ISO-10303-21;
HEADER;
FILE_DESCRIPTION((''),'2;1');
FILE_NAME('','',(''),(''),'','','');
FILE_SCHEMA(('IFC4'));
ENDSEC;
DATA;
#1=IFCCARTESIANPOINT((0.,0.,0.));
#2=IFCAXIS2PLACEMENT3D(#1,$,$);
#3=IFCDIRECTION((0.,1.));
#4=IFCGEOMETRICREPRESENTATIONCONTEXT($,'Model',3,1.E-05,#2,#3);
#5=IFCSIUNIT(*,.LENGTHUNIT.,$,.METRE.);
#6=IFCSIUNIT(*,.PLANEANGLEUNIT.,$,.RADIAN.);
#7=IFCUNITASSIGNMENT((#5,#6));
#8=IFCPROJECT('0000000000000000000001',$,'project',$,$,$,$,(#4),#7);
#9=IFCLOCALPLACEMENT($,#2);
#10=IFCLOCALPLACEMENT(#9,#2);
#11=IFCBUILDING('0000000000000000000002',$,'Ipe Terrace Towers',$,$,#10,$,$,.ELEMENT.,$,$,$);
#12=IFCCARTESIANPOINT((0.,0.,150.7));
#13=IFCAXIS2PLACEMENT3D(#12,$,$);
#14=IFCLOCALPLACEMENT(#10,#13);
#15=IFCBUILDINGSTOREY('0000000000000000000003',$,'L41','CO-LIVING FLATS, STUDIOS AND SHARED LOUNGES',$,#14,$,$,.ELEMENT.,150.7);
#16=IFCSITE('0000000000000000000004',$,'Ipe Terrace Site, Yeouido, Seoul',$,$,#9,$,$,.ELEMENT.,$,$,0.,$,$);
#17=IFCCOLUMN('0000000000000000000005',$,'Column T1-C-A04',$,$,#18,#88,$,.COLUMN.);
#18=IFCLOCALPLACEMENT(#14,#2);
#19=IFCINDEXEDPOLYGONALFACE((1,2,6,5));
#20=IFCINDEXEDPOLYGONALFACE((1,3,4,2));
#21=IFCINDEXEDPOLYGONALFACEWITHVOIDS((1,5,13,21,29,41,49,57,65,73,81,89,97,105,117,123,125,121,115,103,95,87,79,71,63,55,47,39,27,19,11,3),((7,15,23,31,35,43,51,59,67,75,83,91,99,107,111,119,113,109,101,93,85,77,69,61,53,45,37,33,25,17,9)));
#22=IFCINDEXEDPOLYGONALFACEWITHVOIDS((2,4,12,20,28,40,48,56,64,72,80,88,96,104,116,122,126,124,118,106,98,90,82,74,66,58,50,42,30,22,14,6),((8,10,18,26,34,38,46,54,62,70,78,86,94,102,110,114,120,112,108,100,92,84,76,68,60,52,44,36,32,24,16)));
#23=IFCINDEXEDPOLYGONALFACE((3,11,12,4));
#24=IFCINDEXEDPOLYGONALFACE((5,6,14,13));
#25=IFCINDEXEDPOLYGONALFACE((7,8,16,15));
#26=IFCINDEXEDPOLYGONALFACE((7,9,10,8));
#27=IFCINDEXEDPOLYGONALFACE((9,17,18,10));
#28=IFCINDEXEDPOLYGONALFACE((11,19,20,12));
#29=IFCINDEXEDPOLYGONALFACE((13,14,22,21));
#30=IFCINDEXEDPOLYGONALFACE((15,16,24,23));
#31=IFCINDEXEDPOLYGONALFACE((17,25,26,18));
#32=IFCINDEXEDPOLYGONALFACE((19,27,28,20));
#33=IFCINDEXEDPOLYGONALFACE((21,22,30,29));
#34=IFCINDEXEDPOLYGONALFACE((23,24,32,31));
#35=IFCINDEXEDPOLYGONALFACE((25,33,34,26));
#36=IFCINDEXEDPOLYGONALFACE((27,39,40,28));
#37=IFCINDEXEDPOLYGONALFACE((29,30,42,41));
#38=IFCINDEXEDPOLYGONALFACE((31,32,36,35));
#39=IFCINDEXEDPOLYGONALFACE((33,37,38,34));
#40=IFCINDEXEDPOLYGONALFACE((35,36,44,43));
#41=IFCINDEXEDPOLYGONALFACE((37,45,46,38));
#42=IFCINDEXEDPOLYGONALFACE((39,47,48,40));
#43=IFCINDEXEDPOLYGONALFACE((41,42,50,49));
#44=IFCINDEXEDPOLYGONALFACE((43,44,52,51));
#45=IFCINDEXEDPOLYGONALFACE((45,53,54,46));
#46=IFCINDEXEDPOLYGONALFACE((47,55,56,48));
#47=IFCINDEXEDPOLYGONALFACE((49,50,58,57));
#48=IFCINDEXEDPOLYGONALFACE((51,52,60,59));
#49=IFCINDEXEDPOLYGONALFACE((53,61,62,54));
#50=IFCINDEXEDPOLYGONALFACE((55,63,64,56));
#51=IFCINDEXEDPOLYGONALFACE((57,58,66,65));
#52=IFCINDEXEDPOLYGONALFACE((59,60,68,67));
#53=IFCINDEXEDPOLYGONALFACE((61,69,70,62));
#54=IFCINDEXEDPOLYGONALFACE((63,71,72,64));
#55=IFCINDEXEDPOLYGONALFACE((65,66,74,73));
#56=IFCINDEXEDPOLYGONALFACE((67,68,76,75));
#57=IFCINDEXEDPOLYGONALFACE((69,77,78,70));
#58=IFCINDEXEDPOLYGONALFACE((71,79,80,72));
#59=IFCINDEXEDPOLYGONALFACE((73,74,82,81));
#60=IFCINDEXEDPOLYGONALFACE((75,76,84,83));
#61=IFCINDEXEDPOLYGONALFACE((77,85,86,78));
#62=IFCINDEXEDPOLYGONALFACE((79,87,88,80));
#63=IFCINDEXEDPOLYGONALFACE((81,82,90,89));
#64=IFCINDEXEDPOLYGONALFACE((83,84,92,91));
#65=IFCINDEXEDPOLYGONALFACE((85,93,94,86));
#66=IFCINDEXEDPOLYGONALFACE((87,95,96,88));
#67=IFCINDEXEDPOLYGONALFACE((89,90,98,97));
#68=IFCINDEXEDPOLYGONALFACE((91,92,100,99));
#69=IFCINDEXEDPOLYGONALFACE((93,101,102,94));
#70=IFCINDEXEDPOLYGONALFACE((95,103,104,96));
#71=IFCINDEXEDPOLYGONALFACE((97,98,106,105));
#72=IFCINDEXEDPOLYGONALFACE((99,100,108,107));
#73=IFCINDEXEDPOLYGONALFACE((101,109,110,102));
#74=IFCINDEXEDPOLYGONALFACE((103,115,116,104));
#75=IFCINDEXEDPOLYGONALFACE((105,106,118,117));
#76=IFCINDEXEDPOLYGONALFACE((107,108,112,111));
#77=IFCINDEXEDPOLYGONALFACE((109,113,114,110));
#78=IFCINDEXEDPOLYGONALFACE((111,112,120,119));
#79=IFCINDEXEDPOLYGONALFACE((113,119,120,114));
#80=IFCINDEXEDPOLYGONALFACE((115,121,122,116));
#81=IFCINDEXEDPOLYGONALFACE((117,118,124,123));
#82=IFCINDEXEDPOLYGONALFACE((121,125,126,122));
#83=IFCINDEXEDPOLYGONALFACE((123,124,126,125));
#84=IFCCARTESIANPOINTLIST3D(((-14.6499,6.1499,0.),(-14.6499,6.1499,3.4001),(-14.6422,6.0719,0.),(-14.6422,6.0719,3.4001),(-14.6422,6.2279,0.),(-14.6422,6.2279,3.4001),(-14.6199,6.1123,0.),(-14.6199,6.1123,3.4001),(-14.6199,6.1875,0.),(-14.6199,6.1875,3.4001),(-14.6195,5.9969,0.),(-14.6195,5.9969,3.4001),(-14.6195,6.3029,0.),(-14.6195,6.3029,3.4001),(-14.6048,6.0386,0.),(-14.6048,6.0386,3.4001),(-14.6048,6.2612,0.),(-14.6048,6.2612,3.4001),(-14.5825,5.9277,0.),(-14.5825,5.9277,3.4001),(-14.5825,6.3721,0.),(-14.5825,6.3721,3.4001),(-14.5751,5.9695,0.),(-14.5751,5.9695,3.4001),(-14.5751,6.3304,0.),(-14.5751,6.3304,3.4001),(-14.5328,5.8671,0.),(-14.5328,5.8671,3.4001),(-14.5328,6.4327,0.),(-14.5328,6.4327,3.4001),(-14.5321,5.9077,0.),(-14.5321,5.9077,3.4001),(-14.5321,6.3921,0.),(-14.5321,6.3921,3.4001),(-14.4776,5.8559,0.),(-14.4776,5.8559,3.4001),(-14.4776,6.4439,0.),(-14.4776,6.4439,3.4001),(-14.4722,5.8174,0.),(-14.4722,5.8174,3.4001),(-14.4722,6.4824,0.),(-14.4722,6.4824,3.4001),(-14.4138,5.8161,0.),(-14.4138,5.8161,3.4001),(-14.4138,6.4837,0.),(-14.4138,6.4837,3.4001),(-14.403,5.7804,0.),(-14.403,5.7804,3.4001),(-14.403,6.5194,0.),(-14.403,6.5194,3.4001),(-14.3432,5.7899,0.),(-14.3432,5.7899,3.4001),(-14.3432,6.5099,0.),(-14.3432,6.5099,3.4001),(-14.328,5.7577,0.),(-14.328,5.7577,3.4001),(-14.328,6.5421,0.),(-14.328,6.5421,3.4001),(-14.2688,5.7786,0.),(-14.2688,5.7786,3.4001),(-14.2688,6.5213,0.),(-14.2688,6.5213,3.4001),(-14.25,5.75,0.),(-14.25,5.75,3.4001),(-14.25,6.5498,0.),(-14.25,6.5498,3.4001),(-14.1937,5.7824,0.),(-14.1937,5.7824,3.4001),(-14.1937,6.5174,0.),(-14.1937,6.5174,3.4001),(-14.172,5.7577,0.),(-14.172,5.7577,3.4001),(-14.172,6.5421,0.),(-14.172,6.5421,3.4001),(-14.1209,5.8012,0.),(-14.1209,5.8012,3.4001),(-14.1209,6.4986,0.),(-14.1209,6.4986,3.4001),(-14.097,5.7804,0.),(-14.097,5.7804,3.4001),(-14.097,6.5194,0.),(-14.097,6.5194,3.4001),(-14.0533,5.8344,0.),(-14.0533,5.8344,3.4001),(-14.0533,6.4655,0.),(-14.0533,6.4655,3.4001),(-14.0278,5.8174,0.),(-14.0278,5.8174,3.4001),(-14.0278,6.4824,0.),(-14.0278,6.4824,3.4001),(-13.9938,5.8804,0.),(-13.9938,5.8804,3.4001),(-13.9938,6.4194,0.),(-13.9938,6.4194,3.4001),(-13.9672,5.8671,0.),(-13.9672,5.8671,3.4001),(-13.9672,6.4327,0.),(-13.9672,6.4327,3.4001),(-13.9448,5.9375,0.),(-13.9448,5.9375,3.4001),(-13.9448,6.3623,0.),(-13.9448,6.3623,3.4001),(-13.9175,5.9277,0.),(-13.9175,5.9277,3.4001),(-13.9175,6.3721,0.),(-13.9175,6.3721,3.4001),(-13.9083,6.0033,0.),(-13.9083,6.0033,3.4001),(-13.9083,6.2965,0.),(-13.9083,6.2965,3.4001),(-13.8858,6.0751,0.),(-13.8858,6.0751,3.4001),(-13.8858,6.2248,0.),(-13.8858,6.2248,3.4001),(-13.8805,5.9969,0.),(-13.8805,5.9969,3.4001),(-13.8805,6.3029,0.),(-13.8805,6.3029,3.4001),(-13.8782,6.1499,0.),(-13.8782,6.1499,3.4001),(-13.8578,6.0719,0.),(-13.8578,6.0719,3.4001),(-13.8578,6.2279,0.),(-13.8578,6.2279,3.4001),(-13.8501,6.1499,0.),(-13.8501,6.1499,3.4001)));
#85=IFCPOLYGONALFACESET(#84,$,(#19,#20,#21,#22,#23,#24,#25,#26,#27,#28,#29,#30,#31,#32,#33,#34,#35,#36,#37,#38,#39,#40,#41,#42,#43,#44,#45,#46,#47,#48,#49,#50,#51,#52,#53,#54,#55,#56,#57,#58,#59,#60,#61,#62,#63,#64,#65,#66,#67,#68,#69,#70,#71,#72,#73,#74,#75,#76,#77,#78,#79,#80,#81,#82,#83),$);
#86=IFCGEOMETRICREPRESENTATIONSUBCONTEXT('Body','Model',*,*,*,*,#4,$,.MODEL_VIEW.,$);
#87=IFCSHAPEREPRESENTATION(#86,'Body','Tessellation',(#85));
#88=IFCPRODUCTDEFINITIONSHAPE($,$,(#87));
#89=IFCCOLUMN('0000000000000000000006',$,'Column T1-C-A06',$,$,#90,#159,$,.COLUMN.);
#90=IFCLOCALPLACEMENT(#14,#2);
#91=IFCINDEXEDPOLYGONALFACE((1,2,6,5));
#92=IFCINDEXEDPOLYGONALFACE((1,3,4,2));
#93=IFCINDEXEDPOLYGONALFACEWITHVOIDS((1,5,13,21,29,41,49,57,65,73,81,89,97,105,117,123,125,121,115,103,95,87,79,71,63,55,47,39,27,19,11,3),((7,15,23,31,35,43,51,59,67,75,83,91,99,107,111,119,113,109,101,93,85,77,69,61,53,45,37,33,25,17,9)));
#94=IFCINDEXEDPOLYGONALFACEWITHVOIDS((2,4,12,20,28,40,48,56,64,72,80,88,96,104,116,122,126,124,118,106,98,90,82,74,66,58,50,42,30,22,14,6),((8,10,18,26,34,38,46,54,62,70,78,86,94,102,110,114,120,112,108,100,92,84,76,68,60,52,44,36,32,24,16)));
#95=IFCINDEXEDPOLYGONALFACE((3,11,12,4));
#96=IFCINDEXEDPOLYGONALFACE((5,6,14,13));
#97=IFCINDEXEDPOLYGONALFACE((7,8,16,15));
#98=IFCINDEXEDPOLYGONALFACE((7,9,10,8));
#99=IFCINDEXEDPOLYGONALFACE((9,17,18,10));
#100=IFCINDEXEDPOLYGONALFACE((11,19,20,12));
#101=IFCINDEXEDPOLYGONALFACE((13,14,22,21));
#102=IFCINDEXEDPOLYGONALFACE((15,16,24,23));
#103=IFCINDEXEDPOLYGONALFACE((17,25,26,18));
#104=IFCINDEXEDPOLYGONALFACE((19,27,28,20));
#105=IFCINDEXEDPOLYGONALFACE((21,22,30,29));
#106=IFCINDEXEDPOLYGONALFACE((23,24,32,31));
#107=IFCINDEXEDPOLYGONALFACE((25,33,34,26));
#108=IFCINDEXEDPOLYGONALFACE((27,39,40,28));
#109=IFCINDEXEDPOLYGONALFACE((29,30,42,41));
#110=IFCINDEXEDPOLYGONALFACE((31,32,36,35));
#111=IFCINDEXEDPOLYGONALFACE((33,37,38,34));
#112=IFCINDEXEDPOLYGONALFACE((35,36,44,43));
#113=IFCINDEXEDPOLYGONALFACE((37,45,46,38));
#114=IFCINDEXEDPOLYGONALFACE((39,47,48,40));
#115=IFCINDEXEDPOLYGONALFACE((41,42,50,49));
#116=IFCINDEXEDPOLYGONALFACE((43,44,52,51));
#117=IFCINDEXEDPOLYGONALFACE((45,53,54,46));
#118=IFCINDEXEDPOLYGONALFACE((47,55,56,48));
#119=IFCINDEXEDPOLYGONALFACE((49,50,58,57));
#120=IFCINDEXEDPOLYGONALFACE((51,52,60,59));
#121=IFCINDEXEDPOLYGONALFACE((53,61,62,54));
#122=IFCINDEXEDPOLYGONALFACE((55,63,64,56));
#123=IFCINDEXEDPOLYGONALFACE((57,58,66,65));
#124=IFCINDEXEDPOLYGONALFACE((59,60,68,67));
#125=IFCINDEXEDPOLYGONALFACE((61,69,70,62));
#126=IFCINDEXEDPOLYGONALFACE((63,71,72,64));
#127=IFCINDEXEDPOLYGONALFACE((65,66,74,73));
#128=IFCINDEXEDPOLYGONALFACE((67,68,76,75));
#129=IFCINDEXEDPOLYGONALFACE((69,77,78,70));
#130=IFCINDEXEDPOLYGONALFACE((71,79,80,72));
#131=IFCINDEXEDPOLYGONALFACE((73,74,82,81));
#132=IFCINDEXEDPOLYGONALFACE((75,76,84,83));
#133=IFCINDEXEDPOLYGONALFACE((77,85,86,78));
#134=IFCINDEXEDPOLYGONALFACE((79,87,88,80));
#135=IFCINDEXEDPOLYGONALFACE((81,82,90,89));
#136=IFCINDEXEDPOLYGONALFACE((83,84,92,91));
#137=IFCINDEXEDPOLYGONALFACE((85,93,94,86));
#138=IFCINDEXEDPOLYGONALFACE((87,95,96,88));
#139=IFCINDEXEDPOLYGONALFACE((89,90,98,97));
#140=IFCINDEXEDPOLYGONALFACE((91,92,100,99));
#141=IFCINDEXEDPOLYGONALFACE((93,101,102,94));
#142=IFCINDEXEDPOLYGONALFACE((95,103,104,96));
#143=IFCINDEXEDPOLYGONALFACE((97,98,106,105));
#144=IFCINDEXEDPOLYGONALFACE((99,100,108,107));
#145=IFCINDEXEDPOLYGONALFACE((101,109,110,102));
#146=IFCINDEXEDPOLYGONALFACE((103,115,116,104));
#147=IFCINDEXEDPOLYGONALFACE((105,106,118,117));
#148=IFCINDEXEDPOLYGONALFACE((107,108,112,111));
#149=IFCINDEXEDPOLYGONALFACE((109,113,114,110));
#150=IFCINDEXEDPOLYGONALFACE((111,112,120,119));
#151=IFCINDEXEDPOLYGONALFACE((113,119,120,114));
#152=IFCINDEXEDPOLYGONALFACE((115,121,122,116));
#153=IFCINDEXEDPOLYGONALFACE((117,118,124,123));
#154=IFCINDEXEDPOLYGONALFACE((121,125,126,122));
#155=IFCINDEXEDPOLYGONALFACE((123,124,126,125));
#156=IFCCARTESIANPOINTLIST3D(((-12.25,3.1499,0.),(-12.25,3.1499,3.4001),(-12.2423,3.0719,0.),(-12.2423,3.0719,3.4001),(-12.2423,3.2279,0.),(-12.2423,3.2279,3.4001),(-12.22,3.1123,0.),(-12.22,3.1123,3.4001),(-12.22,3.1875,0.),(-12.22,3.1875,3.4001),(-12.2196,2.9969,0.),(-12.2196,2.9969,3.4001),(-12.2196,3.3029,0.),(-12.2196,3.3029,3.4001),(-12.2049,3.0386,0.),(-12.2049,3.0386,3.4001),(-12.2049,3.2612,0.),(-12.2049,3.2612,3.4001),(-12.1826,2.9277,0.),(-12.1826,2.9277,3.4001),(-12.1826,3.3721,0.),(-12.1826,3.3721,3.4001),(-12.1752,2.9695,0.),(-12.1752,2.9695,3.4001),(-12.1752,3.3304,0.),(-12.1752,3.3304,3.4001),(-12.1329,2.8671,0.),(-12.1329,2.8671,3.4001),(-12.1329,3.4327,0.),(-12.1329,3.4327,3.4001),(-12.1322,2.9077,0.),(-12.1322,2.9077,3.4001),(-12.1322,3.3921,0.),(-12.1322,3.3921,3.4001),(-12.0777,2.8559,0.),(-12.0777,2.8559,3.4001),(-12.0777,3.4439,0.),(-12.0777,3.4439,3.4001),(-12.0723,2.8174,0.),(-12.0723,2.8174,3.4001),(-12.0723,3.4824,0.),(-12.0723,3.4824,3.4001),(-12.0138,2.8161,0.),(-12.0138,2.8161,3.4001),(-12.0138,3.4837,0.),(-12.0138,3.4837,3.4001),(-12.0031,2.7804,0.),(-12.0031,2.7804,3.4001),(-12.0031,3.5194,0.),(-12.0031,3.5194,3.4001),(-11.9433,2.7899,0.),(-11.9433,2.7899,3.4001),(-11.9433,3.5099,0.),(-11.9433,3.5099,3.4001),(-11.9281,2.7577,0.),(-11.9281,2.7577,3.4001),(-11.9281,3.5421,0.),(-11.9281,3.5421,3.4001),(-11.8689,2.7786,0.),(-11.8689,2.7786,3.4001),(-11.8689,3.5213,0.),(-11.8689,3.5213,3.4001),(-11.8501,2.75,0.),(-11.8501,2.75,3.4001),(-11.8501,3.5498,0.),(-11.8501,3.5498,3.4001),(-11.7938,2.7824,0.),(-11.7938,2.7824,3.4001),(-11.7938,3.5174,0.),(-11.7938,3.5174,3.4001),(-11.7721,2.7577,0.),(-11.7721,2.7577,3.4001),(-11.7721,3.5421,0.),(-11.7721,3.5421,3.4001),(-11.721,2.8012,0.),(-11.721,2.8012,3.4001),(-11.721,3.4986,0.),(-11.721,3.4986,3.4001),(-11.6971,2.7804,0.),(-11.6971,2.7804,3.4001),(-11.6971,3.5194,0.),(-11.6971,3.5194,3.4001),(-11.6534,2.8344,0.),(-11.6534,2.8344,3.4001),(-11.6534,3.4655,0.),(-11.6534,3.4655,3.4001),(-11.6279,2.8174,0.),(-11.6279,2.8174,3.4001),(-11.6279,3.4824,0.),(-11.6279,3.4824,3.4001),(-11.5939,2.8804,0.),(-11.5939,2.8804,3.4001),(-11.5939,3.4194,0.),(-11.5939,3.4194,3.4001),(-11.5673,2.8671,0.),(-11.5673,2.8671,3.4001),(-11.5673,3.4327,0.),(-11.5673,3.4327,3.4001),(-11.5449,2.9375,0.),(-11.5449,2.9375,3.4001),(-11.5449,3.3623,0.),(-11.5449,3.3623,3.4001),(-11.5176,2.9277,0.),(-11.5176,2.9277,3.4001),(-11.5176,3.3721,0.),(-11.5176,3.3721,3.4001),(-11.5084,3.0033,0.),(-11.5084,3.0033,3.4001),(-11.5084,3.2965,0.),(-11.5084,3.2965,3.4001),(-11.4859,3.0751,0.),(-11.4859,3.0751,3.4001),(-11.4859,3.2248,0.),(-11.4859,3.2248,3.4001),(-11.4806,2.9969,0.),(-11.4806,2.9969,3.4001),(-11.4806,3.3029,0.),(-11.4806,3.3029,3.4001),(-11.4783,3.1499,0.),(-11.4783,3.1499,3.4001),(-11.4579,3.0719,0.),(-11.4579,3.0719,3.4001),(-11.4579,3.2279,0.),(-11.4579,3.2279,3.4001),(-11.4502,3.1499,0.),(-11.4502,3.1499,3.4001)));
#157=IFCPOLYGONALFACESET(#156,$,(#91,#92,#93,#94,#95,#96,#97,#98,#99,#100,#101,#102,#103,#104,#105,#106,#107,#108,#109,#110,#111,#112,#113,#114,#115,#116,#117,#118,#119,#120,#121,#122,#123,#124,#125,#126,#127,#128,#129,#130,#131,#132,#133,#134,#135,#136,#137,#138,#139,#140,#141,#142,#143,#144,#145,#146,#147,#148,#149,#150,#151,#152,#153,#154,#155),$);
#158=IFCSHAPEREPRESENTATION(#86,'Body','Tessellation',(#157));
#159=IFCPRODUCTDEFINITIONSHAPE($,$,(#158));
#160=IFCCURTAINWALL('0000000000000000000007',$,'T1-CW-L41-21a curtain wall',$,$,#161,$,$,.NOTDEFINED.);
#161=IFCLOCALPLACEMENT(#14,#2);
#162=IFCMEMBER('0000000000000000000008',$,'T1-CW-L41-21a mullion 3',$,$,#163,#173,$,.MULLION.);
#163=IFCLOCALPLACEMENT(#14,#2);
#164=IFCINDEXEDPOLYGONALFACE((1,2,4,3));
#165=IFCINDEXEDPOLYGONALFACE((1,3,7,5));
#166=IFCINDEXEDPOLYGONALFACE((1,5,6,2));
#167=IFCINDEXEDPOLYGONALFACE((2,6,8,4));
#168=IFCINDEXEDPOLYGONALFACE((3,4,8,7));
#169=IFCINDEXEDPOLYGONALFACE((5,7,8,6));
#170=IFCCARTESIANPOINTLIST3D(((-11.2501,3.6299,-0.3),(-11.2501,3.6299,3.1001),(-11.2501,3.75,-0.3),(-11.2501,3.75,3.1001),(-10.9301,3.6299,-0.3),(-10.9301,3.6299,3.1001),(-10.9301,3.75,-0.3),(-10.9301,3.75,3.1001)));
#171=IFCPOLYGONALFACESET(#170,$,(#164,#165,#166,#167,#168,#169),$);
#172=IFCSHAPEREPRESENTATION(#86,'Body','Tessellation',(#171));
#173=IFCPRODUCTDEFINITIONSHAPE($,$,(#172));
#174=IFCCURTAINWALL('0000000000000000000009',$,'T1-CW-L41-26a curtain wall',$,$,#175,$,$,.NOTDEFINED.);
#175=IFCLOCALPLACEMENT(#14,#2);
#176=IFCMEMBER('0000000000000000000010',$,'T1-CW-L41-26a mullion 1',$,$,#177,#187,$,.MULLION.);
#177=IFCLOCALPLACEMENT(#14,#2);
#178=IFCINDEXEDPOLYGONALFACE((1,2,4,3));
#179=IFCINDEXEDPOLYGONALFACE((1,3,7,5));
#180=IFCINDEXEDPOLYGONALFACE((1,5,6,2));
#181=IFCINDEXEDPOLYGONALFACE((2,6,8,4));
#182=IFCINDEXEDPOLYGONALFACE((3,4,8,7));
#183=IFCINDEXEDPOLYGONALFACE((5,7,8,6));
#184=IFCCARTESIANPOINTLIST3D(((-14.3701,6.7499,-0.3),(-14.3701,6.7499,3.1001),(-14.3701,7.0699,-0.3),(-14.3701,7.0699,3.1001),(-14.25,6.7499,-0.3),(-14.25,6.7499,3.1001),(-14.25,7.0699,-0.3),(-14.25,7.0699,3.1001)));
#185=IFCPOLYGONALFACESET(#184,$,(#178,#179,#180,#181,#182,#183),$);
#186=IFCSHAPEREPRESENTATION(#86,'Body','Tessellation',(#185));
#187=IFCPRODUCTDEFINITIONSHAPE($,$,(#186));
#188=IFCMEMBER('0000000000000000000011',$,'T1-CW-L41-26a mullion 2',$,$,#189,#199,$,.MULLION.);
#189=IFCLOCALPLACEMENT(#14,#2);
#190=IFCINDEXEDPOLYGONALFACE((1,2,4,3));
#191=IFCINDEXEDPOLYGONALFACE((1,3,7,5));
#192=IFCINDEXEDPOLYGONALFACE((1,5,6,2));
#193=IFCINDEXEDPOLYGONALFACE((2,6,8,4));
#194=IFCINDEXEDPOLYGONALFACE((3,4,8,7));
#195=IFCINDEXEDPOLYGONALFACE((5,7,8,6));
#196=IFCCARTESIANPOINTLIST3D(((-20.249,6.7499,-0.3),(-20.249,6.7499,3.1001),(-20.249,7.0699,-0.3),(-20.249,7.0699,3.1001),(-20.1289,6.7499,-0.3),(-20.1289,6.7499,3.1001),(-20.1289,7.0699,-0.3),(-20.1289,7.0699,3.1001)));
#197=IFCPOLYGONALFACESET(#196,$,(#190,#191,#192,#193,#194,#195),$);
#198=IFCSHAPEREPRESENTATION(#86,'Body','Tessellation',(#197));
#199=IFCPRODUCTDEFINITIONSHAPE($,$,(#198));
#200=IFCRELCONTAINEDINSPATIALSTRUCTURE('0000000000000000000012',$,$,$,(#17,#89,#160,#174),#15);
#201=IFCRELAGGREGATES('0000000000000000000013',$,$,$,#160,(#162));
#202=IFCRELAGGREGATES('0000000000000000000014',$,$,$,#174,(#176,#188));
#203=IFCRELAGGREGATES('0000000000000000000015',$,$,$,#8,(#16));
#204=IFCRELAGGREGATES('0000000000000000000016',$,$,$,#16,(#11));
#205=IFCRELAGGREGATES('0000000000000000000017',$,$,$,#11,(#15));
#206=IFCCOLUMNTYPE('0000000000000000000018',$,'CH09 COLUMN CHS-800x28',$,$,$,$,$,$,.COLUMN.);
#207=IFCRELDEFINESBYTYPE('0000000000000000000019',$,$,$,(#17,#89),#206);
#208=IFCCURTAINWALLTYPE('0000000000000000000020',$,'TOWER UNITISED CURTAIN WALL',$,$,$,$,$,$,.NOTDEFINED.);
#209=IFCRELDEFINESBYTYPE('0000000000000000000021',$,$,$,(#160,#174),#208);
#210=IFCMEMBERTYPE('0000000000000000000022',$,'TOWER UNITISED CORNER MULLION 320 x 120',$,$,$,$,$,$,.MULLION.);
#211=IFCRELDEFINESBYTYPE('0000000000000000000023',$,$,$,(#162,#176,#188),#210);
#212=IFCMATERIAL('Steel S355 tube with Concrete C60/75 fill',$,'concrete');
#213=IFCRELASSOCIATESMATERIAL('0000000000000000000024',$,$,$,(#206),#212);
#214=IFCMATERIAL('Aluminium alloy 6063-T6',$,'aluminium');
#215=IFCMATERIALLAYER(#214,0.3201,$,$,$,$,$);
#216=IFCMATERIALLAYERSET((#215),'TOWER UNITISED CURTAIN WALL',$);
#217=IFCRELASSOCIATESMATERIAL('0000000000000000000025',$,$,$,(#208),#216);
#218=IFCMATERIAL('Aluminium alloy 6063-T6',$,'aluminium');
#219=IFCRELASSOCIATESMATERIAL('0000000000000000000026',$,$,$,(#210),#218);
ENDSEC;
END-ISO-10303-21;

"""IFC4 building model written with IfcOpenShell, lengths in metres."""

from ifc_helpers import new_model, si_unit, direction, frame, origin, origin_2d, place, context, subcontext, project, spatial, rectangle, hollow_circle, extrude, material, layer, layer_set, material_profile, profile_set, type_object, element, aggregate, save


model = new_model("IFC4")

# Units and contexts
model_context = context("Model", 3, precision=1e-05, world=origin(), true_north=direction((0.0, 1.0)))
body_context = subcontext(model_context, "Body", "Model", "MODEL_VIEW")
ifc_project = project(units=[si_unit("LENGTHUNIT", "METRE"), si_unit("PLANEANGLEUNIT", "RADIAN")], contexts=[model_context])

# Site, building, storey
site_placement = place(None, origin())
site = spatial("IfcSite", under=ifc_project, at=site_placement, Name="Ipe Terrace Site, Yeouido, Seoul", CompositionType="ELEMENT", RefElevation=0.0)
building_placement = place(site_placement, origin())
building = spatial("IfcBuilding", under=site, at=building_placement, Name="Ipe Terrace Towers", CompositionType="ELEMENT")
storey_placement = place(building_placement, frame((0.0, 0.0, 150.7)))
storey = spatial("IfcBuildingStorey", under=building, at=storey_placement, Name="L41", Description="CO-LIVING FLATS, STUDIOS AND SHARED LOUNGES", CompositionType="ELEMENT", Elevation=150.7)

# Columns
ifc_material_1 = material(Name="Steel S355 tube with Concrete C60/75 fill", Category="concrete")
ifc_material_profile_1 = material_profile(ifc_material_1, hollow_circle(Radius=0.3999, WallThickness=0.0281, at=origin_2d()), Name="CHS-800x28")
ifc_profile_set_1 = profile_set([ifc_material_profile_1], Name="Steel S355 tube with Concrete C60/75 fill")
column_type = type_object("IfcColumnType", Name="CH09 COLUMN CHS-800x28", PredefinedType="COLUMN", material=ifc_profile_set_1)
for number, where, z_axis, x_axis, name in (
    (1, (-14.25, 6.1499, 0.0), (0.0, 0.0, 1.0), (1.0, 0.0, 0.0), "Column T1-C-A04"),
    (2, (-11.8501, 3.1499, 0.0), (0.0, 0.0, 1.0), (1.0, 0.0, 0.0), "Column T1-C-A06"),
):
    element("IfcColumn", number, at=place(storey_placement, frame(where, z_axis=z_axis, x_axis=x_axis)), inside=storey, type_object=column_type, Name=name, PredefinedType="COLUMN", context=body_context, shape_type="SweptSolid", body=[
        extrude(hollow_circle(Radius=0.3999, WallThickness=0.0281, at=origin_2d()), origin(), (0.0, 0.0, 1.0), 3.4001),
    ])

# Curtain wall, member
ifc_material_2 = material(Name="Aluminium alloy 6063-T6", Category="aluminium")
ifc_layer_1 = layer(ifc_material_2, 0.3201)
ifc_layer_set_1 = layer_set([ifc_layer_1], Name="TOWER UNITISED CURTAIN WALL")
curtain_wall_type = type_object("IfcCurtainWallType", Name="TOWER UNITISED CURTAIN WALL", PredefinedType="NOTDEFINED", material=ifc_layer_set_1)
curtain_wall_1_placement = place(storey_placement, origin())
curtain_wall_1 = element("IfcCurtainWall", 3, at=curtain_wall_1_placement, inside=storey, type_object=curtain_wall_type, Name="T1-CW-L41-21a curtain wall", PredefinedType="NOTDEFINED")
ifc_material_3 = material(Name="Aluminium alloy 6063-T6", Category="aluminium")
ifc_material_profile_2 = material_profile(ifc_material_3, rectangle(XDim=0.3201, YDim=0.1201, at=origin_2d()), Name="TOWER UNITISED CORNER MULLION 320 x 120")
ifc_profile_set_2 = profile_set([ifc_material_profile_2], Name="Aluminium alloy 6063-T6")
member_type = type_object("IfcMemberType", Name="TOWER UNITISED CORNER MULLION 320 x 120", PredefinedType="MULLION", material=ifc_profile_set_2)
member_1_placement = place(storey_placement, frame((-11.0901, 3.6899, -0.3), z_axis=(0.0, 0.0, 1.0), x_axis=(1.0, 0.0, 0.0)))
member_1 = element("IfcMember", 4, at=member_1_placement, type_object=member_type, Name="T1-CW-L41-21a mullion 3", PredefinedType="MULLION", context=body_context, shape_type="SweptSolid", body=[
    extrude(rectangle(XDim=0.3201, YDim=0.1201, at=origin_2d()), origin(), (0.0, 0.0, 1.0), 3.4001),
])

# Curtain wall, members
curtain_wall_2_placement = place(storey_placement, origin())
curtain_wall_2 = element("IfcCurtainWall", 5, at=curtain_wall_2_placement, inside=storey, type_object=curtain_wall_type, Name="T1-CW-L41-26a curtain wall", PredefinedType="NOTDEFINED")
member_2_placement = place(storey_placement, frame((-14.3101, 6.9099, -0.3), z_axis=(0.0, 0.0, 1.0), x_axis=(0.0, 1.0, 0.0)))
member_2 = element("IfcMember", 6, at=member_2_placement, type_object=member_type, Name="T1-CW-L41-26a mullion 1", PredefinedType="MULLION", context=body_context, shape_type="SweptSolid", body=[
    extrude(rectangle(XDim=0.3201, YDim=0.1201, at=origin_2d()), origin(), (0.0, 0.0, 1.0), 3.4001),
])
member_3_placement = place(storey_placement, frame((-20.189, 6.9099, -0.3), z_axis=(0.0, 0.0, 1.0), x_axis=(0.0, 1.0, 0.0)))
member_3 = element("IfcMember", 7, at=member_3_placement, type_object=member_type, Name="T1-CW-L41-26a mullion 2", PredefinedType="MULLION", context=body_context, shape_type="SweptSolid", body=[
    extrude(rectangle(XDim=0.3201, YDim=0.1201, at=origin_2d()), origin(), (0.0, 0.0, 1.0), 3.4001),
])

aggregate(curtain_wall_1, [member_1])
aggregate(curtain_wall_2, [member_2, member_3])

save(model, "model.ifc")
